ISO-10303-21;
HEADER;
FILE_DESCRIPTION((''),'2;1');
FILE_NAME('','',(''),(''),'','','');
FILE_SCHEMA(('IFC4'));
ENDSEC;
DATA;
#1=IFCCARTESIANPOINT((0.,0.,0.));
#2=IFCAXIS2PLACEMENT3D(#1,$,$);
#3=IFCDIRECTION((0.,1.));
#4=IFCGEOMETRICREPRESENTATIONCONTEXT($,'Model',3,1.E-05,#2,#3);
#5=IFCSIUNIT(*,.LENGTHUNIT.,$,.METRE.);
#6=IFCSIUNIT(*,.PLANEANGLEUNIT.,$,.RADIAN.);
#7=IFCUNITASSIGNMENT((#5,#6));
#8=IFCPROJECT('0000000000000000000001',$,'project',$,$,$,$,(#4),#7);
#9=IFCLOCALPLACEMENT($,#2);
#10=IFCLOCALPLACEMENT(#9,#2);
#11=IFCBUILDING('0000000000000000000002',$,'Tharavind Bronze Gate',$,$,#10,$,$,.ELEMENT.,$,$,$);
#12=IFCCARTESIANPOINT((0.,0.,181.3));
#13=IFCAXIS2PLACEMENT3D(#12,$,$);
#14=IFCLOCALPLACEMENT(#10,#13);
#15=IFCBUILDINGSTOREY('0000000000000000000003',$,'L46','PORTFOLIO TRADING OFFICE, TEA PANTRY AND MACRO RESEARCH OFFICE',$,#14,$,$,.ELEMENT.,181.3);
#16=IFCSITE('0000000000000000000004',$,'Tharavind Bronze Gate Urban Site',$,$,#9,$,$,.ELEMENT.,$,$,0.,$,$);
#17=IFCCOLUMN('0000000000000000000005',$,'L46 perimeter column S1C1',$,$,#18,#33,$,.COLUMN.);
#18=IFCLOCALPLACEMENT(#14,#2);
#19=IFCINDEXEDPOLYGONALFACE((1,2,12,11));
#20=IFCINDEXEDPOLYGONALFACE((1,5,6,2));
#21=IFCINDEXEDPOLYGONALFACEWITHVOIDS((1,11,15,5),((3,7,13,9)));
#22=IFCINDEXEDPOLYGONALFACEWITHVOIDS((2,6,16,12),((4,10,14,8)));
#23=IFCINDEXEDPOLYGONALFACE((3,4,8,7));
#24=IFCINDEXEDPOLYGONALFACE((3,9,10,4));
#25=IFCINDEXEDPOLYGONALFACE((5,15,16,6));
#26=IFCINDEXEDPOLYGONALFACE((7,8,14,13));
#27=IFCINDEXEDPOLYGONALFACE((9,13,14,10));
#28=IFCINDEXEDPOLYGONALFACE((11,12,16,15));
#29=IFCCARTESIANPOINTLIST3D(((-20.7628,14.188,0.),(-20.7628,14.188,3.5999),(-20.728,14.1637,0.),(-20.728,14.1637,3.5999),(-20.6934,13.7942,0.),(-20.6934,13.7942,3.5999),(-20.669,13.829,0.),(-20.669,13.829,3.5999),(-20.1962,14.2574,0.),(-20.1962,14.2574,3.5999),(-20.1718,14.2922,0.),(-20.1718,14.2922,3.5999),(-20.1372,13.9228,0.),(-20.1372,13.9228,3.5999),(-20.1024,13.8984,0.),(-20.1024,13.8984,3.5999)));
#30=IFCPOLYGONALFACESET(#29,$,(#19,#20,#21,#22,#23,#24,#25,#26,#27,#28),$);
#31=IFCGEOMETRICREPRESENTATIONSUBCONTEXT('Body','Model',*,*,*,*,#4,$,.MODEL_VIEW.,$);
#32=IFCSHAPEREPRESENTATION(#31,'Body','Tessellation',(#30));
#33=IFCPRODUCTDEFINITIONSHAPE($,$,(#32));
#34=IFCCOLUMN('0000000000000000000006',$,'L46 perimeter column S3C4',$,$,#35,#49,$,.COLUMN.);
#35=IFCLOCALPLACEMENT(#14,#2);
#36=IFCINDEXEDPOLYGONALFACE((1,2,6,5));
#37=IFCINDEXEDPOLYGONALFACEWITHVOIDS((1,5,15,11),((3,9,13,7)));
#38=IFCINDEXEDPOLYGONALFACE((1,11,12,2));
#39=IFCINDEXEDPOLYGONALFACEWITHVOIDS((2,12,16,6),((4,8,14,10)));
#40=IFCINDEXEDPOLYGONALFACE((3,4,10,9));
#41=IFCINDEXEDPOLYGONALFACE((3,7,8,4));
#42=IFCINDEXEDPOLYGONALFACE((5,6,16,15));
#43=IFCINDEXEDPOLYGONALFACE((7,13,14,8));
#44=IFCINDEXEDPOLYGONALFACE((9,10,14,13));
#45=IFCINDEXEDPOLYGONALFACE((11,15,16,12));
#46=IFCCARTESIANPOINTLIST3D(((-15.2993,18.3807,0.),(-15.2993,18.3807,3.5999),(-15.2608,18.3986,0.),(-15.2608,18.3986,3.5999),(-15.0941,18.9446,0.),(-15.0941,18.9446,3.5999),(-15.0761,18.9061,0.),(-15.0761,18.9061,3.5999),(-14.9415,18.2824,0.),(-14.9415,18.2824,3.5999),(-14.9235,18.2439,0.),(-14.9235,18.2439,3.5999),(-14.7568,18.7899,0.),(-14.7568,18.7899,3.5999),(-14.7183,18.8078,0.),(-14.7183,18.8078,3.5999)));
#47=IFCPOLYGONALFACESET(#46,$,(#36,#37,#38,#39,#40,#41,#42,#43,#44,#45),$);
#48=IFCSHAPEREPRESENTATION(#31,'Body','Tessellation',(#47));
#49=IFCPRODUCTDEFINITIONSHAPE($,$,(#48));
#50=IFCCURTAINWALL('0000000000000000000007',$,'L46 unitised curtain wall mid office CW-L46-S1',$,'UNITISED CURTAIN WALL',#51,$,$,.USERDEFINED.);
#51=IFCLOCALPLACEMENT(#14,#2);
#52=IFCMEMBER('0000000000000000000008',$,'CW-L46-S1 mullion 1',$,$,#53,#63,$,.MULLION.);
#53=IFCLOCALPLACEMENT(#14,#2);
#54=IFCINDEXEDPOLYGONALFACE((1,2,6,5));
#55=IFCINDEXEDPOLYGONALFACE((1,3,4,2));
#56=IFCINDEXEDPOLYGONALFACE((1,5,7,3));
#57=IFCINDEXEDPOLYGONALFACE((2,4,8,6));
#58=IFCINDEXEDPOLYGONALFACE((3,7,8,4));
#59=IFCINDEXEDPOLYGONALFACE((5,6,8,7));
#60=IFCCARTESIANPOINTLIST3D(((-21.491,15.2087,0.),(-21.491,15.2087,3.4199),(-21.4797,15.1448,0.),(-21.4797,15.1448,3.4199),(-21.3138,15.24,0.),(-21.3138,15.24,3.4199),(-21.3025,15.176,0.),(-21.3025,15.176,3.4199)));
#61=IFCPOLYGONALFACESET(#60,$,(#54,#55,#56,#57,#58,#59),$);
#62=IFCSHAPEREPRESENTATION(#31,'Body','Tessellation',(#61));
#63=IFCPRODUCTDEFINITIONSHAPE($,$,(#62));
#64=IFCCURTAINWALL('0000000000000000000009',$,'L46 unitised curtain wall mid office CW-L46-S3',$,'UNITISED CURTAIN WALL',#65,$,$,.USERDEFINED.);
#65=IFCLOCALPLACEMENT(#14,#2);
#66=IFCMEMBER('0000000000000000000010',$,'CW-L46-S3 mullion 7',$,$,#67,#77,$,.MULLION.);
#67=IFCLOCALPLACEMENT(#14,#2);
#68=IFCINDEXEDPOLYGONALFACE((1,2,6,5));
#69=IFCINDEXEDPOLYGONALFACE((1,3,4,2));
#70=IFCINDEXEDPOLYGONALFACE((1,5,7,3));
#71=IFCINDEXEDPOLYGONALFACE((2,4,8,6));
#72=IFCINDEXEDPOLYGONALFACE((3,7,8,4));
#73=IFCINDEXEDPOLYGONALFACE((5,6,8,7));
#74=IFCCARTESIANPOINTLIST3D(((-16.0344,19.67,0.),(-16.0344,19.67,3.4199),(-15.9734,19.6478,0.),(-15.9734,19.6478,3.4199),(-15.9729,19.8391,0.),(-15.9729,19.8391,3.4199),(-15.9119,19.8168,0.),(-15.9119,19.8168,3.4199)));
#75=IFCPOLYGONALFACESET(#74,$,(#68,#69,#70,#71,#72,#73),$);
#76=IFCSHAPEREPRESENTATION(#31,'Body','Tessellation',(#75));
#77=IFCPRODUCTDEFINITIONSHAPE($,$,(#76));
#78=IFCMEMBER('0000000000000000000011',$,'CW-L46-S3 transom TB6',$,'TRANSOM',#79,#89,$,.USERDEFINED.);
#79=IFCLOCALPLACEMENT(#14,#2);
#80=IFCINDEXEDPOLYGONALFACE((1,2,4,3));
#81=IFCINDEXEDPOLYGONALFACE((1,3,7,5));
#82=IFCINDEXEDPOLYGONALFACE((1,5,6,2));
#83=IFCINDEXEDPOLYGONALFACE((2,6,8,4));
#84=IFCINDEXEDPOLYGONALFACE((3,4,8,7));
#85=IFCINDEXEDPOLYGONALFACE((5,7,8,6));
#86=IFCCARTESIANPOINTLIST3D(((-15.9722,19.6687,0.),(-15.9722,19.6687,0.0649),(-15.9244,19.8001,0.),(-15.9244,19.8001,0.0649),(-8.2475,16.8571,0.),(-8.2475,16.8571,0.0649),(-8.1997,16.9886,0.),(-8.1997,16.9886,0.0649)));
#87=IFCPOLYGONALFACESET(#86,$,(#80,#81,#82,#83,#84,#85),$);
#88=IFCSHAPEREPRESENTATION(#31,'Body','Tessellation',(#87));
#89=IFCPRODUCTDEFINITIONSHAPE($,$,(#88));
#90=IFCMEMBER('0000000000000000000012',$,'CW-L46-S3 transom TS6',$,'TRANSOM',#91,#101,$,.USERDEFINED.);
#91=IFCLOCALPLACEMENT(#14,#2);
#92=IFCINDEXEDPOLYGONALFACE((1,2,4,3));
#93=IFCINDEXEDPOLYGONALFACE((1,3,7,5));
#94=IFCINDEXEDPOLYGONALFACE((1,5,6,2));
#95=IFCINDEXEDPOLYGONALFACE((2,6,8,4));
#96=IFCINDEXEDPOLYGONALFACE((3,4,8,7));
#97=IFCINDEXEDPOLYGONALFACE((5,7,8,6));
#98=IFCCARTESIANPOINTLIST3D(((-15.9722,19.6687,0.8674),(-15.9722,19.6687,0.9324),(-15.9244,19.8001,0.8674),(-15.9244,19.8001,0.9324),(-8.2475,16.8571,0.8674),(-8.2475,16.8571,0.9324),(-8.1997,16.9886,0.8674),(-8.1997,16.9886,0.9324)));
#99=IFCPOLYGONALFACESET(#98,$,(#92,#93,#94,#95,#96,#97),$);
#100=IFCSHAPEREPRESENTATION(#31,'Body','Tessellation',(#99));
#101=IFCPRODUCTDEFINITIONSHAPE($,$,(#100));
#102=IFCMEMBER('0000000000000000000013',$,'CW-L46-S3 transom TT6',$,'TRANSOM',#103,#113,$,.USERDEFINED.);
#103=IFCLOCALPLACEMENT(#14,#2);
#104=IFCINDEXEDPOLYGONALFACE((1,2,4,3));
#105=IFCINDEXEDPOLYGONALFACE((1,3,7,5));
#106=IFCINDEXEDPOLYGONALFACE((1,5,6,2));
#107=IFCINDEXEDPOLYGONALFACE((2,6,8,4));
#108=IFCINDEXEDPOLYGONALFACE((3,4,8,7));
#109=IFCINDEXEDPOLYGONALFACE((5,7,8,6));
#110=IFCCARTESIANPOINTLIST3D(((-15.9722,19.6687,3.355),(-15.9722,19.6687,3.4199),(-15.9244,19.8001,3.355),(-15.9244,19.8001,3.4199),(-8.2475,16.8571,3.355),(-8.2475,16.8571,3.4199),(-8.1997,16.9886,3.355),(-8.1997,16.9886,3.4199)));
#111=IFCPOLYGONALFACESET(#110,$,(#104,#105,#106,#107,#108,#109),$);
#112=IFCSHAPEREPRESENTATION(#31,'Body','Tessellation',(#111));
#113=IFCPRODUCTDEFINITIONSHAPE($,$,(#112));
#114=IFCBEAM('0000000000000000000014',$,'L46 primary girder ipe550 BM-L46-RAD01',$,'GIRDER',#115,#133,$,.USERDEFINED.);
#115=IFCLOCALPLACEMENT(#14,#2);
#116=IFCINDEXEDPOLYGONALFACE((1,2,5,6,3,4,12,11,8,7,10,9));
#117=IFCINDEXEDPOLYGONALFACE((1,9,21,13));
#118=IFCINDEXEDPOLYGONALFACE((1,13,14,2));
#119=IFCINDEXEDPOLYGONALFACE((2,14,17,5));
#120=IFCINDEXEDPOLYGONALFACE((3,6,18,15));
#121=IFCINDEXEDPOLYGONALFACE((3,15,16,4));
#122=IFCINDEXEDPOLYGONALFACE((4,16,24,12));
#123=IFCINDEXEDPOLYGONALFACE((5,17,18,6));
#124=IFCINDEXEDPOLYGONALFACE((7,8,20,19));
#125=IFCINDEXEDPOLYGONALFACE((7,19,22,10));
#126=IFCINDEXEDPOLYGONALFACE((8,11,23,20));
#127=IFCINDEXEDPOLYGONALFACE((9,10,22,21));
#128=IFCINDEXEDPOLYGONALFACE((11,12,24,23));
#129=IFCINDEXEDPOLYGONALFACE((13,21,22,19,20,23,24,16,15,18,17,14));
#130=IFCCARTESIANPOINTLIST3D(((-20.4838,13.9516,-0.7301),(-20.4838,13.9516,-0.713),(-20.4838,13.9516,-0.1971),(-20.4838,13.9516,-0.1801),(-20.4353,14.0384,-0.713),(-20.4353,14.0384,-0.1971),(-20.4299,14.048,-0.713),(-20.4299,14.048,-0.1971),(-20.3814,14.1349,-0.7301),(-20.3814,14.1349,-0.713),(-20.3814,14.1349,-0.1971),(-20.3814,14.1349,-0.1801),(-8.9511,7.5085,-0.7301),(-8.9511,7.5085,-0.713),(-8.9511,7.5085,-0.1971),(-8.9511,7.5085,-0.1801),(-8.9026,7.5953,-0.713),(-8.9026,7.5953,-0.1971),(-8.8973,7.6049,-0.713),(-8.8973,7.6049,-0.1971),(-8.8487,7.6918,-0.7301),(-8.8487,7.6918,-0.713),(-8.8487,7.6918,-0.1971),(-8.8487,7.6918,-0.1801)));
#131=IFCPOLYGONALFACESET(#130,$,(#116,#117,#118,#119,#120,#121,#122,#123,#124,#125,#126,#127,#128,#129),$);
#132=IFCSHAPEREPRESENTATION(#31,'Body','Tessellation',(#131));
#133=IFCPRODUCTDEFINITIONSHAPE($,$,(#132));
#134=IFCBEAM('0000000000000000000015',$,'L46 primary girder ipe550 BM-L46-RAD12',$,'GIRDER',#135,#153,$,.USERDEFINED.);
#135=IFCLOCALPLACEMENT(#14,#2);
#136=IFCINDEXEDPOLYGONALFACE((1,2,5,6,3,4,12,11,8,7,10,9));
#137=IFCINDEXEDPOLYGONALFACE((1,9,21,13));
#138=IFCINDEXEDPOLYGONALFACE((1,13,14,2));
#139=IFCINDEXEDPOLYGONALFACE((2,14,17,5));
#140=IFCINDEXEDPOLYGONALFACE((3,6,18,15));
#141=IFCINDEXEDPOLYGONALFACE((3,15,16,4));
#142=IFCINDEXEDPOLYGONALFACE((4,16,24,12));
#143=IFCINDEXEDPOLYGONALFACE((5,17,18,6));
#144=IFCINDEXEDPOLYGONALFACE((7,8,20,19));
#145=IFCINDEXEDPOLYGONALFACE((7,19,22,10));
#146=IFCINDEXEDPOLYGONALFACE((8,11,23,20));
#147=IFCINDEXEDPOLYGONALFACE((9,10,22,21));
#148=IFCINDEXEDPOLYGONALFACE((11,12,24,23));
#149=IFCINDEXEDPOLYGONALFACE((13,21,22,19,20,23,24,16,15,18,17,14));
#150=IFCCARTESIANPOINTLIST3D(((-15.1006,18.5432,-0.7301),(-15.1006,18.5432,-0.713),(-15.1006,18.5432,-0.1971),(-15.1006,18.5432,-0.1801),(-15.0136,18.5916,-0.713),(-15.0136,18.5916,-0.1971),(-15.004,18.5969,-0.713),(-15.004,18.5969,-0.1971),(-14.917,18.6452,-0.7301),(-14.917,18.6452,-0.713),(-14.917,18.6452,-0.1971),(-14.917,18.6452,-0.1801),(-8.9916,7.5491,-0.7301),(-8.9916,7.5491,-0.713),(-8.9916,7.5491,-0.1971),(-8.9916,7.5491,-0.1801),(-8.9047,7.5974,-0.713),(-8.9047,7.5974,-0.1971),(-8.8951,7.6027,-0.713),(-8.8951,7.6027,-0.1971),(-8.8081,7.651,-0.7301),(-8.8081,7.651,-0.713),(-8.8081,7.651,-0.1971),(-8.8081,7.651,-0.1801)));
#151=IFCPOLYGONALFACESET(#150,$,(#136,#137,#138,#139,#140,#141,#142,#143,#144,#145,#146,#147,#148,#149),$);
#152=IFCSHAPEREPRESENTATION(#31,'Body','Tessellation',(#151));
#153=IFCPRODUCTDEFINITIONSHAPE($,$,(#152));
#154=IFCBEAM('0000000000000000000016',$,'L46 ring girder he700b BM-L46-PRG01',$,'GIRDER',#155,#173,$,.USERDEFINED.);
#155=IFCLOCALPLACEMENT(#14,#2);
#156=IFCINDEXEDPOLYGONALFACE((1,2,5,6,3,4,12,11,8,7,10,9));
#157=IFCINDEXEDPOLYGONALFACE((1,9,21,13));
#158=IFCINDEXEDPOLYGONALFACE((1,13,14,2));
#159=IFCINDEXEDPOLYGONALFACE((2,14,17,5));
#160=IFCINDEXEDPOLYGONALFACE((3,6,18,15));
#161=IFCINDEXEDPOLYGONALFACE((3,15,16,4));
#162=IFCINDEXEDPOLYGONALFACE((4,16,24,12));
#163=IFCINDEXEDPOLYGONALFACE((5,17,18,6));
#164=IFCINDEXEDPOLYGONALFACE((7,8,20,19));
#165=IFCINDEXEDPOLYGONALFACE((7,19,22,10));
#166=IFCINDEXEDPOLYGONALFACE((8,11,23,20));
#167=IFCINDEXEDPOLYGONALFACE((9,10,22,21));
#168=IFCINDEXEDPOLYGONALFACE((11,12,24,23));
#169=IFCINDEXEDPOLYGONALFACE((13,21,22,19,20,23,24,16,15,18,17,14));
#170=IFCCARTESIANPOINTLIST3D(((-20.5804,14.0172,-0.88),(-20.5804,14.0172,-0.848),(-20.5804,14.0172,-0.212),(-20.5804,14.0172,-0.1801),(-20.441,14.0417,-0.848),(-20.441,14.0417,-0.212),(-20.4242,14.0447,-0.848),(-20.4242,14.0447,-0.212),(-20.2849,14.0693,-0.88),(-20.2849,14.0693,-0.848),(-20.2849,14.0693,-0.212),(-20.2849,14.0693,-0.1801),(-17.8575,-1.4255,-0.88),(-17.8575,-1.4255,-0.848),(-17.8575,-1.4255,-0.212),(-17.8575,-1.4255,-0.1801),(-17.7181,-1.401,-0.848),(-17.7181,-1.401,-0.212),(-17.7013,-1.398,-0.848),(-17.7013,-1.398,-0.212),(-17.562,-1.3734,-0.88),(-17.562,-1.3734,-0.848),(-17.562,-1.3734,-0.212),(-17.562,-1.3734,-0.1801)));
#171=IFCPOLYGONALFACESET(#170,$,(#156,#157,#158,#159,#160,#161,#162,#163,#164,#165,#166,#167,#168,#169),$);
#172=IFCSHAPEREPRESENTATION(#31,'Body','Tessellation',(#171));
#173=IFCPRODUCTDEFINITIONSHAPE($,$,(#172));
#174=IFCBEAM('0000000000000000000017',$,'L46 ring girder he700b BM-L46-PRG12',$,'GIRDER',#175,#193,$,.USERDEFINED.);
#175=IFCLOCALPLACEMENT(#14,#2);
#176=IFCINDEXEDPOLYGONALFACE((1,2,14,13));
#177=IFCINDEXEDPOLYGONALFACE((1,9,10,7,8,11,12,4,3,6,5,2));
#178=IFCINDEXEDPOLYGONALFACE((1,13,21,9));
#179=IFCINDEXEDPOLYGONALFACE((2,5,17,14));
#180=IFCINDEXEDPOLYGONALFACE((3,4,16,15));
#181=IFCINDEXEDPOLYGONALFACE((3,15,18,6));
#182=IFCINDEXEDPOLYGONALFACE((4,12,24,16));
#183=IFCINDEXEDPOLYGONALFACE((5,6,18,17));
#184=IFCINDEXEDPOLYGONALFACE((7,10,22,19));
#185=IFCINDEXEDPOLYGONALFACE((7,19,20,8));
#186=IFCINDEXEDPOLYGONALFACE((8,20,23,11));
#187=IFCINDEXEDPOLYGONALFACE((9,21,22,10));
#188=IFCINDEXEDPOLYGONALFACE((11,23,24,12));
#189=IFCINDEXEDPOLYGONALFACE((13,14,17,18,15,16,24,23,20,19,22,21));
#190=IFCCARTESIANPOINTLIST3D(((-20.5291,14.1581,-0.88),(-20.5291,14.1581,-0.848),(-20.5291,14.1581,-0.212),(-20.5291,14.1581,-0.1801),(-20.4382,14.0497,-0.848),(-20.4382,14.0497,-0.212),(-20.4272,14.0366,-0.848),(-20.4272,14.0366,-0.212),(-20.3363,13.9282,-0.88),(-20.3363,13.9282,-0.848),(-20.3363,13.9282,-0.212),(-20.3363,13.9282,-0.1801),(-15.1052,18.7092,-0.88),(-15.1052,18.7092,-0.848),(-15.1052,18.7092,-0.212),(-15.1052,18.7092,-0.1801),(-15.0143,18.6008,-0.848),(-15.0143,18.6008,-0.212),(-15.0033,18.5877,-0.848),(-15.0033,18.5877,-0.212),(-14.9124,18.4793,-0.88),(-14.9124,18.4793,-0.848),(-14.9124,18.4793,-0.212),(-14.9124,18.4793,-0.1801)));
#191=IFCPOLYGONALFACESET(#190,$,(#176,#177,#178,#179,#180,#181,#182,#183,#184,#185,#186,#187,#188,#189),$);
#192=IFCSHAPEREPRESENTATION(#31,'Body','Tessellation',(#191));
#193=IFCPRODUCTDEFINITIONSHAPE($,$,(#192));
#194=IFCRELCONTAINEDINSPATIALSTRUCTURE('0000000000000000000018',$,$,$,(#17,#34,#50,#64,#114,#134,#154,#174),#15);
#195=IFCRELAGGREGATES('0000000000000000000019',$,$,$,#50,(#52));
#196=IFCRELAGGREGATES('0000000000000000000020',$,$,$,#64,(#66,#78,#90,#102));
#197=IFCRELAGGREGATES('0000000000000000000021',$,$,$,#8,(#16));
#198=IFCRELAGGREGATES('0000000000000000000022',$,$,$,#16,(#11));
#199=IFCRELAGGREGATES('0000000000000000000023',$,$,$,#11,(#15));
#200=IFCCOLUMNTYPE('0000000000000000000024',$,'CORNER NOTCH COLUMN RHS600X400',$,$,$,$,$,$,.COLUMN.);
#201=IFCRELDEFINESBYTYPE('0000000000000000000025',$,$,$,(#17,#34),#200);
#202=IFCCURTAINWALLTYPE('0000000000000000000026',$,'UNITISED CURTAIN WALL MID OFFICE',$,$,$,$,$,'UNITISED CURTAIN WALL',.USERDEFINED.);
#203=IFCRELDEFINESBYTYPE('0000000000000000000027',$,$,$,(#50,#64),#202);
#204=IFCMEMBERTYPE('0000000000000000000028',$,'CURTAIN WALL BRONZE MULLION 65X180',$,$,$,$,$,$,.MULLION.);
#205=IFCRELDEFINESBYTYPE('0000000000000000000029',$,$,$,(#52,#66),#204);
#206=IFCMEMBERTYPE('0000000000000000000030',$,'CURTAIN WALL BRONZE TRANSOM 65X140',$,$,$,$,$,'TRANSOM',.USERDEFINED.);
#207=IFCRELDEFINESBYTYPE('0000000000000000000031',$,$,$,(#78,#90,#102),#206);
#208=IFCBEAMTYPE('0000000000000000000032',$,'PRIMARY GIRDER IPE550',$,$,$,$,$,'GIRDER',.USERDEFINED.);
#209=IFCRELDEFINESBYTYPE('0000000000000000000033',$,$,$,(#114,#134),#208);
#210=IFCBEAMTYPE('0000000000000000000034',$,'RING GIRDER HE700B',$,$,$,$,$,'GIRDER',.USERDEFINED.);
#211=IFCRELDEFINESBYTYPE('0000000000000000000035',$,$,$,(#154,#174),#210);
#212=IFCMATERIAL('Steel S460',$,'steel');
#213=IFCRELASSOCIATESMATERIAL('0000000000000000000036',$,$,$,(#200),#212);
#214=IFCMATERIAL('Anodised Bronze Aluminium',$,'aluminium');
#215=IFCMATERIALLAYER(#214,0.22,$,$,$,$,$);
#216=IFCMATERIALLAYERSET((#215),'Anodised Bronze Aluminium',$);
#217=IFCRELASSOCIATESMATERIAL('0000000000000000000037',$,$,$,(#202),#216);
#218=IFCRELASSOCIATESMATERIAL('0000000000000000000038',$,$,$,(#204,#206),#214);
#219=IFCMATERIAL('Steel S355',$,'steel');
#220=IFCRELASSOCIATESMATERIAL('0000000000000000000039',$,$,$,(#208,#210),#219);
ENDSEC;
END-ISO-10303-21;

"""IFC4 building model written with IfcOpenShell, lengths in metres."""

from ifc_helpers import new_model, si_unit, direction, frame, origin, origin_2d, place, context, subcontext, project, spatial, rectangle, hollow_rectangle, i_section, extrude, material, layer, layer_set, material_profile, profile_set, type_object, element, aggregate, save


model = new_model("IFC4")

# Units and contexts
model_context = context("Model", 3, precision=1e-05, world=origin(), true_north=direction((0.0, 1.0)))
body_context = subcontext(model_context, "Body", "Model", "MODEL_VIEW")
ifc_project = project(units=[si_unit("LENGTHUNIT", "METRE"), si_unit("PLANEANGLEUNIT", "RADIAN")], contexts=[model_context])

# Site, building, storey
site_placement = place(None, origin())
site = spatial("IfcSite", under=ifc_project, at=site_placement, Name="Tharavind Bronze Gate Urban Site", CompositionType="ELEMENT", RefElevation=0.0)
building_placement = place(site_placement, origin())
building = spatial("IfcBuilding", under=site, at=building_placement, Name="Tharavind Bronze Gate", CompositionType="ELEMENT")
storey_placement = place(building_placement, frame((0.0, 0.0, 181.3)))
storey = spatial("IfcBuildingStorey", under=building, at=storey_placement, Name="L46", Description="PORTFOLIO TRADING OFFICE, TEA PANTRY AND MACRO RESEARCH OFFICE", CompositionType="ELEMENT", Elevation=181.3)

# Columns
ifc_material_1 = material(Name="Steel S460", Category="steel")
ifc_material_profile_1 = material_profile(ifc_material_1, hollow_rectangle(XDim=0.3999, YDim=0.6001, WallThickness=0.03, at=origin_2d()), Name="RHS600X400X30")
ifc_profile_set_1 = profile_set([ifc_material_profile_1], Name="Steel S460")
column_type = type_object("IfcColumnType", Name="CORNER NOTCH COLUMN RHS600X400", PredefinedType="COLUMN", material=ifc_profile_set_1)
for number, where, z_axis, x_axis, name in (
    (1, (-20.4326, 14.0432, 0.0), (0.0, 0.0, 1.0), (-0.173648, 0.984808, 0.0), "L46 perimeter column S1C1"),
    (2, (-15.0088, 18.5942, 0.0), (0.0, 0.0, 1.0), (-0.939692, 0.342022, 0.0), "L46 perimeter column S3C4"),
):
    element("IfcColumn", number, at=place(storey_placement, frame(where, z_axis=z_axis, x_axis=x_axis)), inside=storey, type_object=column_type, Name=name, PredefinedType="COLUMN", context=body_context, shape_type="SweptSolid", body=[
        extrude(hollow_rectangle(XDim=0.3999, YDim=0.6001, WallThickness=0.03, at=origin_2d()), origin(), (0.0, 0.0, 1.0), 3.5999),
    ])

# Curtain wall, member
ifc_material_2 = material(Name="Anodised Bronze Aluminium", Category="aluminium")
ifc_layer_1 = layer(ifc_material_2, 0.22)
ifc_layer_set_1 = layer_set([ifc_layer_1], Name="Anodised Bronze Aluminium")
curtain_wall_type = type_object("IfcCurtainWallType", Name="UNITISED CURTAIN WALL MID OFFICE", ElementType="UNITISED CURTAIN WALL", PredefinedType="USERDEFINED", material=ifc_layer_set_1)
curtain_wall_1_placement = place(storey_placement, origin())
curtain_wall_1 = element("IfcCurtainWall", 3, at=curtain_wall_1_placement, inside=storey, type_object=curtain_wall_type, Name="L46 unitised curtain wall mid office CW-L46-S1", ObjectType="UNITISED CURTAIN WALL", PredefinedType="USERDEFINED")
member_type_1 = type_object("IfcMemberType", Name="CURTAIN WALL BRONZE MULLION 65X180", PredefinedType="MULLION", material=ifc_material_2)
member_1_placement = place(storey_placement, frame((-21.3967, 15.1924, 0.0), z_axis=(0.0, 0.0, 1.0), x_axis=(0.173648, -0.984808, 0.0)))
member_1 = element("IfcMember", 4, at=member_1_placement, type_object=member_type_1, Name="CW-L46-S1 mullion 1", PredefinedType="MULLION", context=body_context, shape_type="SweptSolid", body=[
    extrude(rectangle(XDim=0.0649, YDim=0.1799, at=origin_2d()), origin(), (0.0, 0.0, 1.0), 3.4199),
])

# Curtain wall, members
curtain_wall_2_placement = place(storey_placement, origin())
curtain_wall_2 = element("IfcCurtainWall", 5, at=curtain_wall_2_placement, inside=storey, type_object=curtain_wall_type, Name="L46 unitised curtain wall mid office CW-L46-S3", ObjectType="UNITISED CURTAIN WALL", PredefinedType="USERDEFINED")
member_2_placement = place(storey_placement, frame((-15.9731, 19.7434, 0.0), z_axis=(0.0, 0.0, 1.0), x_axis=(-0.939692, 0.342022, 0.0)))
member_2 = element("IfcMember", 6, at=member_2_placement, type_object=member_type_1, Name="CW-L46-S3 mullion 7", PredefinedType="MULLION", context=body_context, shape_type="SweptSolid", body=[
    extrude(rectangle(XDim=0.0649, YDim=0.1799, at=origin_2d()), origin(), (0.0, 0.0, 1.0), 3.4199),
])
member_type_2 = type_object("IfcMemberType", Name="CURTAIN WALL BRONZE TRANSOM 65X140", ElementType="TRANSOM", PredefinedType="USERDEFINED", material=ifc_material_2)
member_3_placement = place(storey_placement, frame((-12.0859, 18.3286, 0.0), z_axis=(0.0, 0.0, 1.0), x_axis=(-0.939692, 0.342022, 0.0)))
member_3 = element("IfcMember", 7, at=member_3_placement, type_object=member_type_2, Name="CW-L46-S3 transom TB6", ObjectType="TRANSOM", PredefinedType="USERDEFINED", context=body_context, shape_type="SweptSolid", body=[
    extrude(rectangle(XDim=8.2205, YDim=0.1399, at=origin_2d()), origin(), (0.0, 0.0, 1.0), 0.0649),
])
member_4_placement = place(storey_placement, frame((-12.0859, 18.3286, 0.8674), z_axis=(0.0, 0.0, 1.0), x_axis=(-0.939692, 0.342022, 0.0)))
member_4 = element("IfcMember", 8, at=member_4_placement, type_object=member_type_2, Name="CW-L46-S3 transom TS6", ObjectType="TRANSOM", PredefinedType="USERDEFINED", context=body_context, shape_type="SweptSolid", body=[
    extrude(rectangle(XDim=8.2205, YDim=0.1399, at=origin_2d()), origin(), (0.0, 0.0, 1.0), 0.0649),
])
member_5_placement = place(storey_placement, frame((-12.0859, 18.3286, 3.355), z_axis=(0.0, 0.0, 1.0), x_axis=(-0.939692, 0.342022, 0.0)))
member_5 = element("IfcMember", 9, at=member_5_placement, type_object=member_type_2, Name="CW-L46-S3 transom TT6", ObjectType="TRANSOM", PredefinedType="USERDEFINED", context=body_context, shape_type="SweptSolid", body=[
    extrude(rectangle(XDim=8.2205, YDim=0.1399, at=origin_2d()), origin(), (0.0, 0.0, 1.0), 0.0649),
])

# Beams
ifc_material_3 = material(Name="Steel S355", Category="steel")
ifc_material_profile_2 = material_profile(ifc_material_3, i_section(OverallWidth=0.21, OverallDepth=0.55, WebThickness=0.011, FlangeThickness=0.0171, at=origin_2d()), Name="IPE550")
ifc_profile_set_2 = profile_set([ifc_material_profile_2], Name="Steel S355")
beam_type_1 = type_object("IfcBeamType", Name="PRIMARY GIRDER IPE550", ElementType="GIRDER", PredefinedType="USERDEFINED", material=ifc_profile_set_2)
beam_1_placement = place(storey_placement, frame((-20.4326, 14.0432, -0.4551), z_axis=(0.872996, -0.487727, 0.0), x_axis=(0.487727, 0.872996, 0.0)))
element("IfcBeam", 10, at=beam_1_placement, inside=storey, type_object=beam_type_1, Name="L46 primary girder ipe550 BM-L46-RAD01", ObjectType="GIRDER", PredefinedType="USERDEFINED", context=body_context, shape_type="SweptSolid", body=[
    extrude(i_section(OverallWidth=0.21, OverallDepth=0.55, WebThickness=0.011, FlangeThickness=0.0171, at=origin_2d()), origin(), (0.0, 0.0, 1.0), 13.2104),
])
beam_2_placement = place(storey_placement, frame((-15.0088, 18.5942, -0.4551), z_axis=(0.485706, -0.874122, 0.0), x_axis=(0.874122, 0.485706, 0.0)))
element("IfcBeam", 11, at=beam_2_placement, inside=storey, type_object=beam_type_1, Name="L46 primary girder ipe550 BM-L46-RAD12", ObjectType="GIRDER", PredefinedType="USERDEFINED", context=body_context, shape_type="SweptSolid", body=[
    extrude(i_section(OverallWidth=0.21, OverallDepth=0.55, WebThickness=0.011, FlangeThickness=0.0171, at=origin_2d()), origin(), (0.0, 0.0, 1.0), 12.5774),
])
ifc_material_profile_3 = material_profile(ifc_material_3, i_section(OverallWidth=0.3, OverallDepth=0.7, WebThickness=0.0171, FlangeThickness=0.032, at=origin_2d()), Name="HE700B")
ifc_profile_set_3 = profile_set([ifc_material_profile_3], Name="Steel S355")
beam_type_2 = type_object("IfcBeamType", Name="RING GIRDER HE700B", ElementType="GIRDER", PredefinedType="USERDEFINED", material=ifc_profile_set_3)
beam_3_placement = place(storey_placement, frame((-20.4326, 14.0432, -0.53), z_axis=(0.173645, -0.984808, 0.0), x_axis=(0.984808, 0.173645, 0.0)))
element("IfcBeam", 12, at=beam_3_placement, inside=storey, type_object=beam_type_2, Name="L46 ring girder he700b BM-L46-PRG01", ObjectType="GIRDER", PredefinedType="USERDEFINED", context=body_context, shape_type="SweptSolid", body=[
    extrude(i_section(OverallWidth=0.3, OverallDepth=0.7, WebThickness=0.0171, FlangeThickness=0.032, at=origin_2d()), origin(), (0.0, 0.0, 1.0), 15.6809),
])
beam_4_placement = place(storey_placement, frame((-15.0088, 18.5942, -0.53), z_axis=(-0.766052, -0.642779, 0.0), x_axis=(0.642779, -0.766052, 0.0)))
element("IfcBeam", 13, at=beam_4_placement, inside=storey, type_object=beam_type_2, Name="L46 ring girder he700b BM-L46-PRG12", ObjectType="GIRDER", PredefinedType="USERDEFINED", context=body_context, shape_type="SweptSolid", body=[
    extrude(i_section(OverallWidth=0.3, OverallDepth=0.7, WebThickness=0.0171, FlangeThickness=0.032, at=origin_2d()), origin(), (0.0, 0.0, 1.0), 7.0803),
])

aggregate(curtain_wall_1, [member_1])
aggregate(curtain_wall_2, [member_2, member_3, member_4, member_5])

save(model, "model.ifc")
